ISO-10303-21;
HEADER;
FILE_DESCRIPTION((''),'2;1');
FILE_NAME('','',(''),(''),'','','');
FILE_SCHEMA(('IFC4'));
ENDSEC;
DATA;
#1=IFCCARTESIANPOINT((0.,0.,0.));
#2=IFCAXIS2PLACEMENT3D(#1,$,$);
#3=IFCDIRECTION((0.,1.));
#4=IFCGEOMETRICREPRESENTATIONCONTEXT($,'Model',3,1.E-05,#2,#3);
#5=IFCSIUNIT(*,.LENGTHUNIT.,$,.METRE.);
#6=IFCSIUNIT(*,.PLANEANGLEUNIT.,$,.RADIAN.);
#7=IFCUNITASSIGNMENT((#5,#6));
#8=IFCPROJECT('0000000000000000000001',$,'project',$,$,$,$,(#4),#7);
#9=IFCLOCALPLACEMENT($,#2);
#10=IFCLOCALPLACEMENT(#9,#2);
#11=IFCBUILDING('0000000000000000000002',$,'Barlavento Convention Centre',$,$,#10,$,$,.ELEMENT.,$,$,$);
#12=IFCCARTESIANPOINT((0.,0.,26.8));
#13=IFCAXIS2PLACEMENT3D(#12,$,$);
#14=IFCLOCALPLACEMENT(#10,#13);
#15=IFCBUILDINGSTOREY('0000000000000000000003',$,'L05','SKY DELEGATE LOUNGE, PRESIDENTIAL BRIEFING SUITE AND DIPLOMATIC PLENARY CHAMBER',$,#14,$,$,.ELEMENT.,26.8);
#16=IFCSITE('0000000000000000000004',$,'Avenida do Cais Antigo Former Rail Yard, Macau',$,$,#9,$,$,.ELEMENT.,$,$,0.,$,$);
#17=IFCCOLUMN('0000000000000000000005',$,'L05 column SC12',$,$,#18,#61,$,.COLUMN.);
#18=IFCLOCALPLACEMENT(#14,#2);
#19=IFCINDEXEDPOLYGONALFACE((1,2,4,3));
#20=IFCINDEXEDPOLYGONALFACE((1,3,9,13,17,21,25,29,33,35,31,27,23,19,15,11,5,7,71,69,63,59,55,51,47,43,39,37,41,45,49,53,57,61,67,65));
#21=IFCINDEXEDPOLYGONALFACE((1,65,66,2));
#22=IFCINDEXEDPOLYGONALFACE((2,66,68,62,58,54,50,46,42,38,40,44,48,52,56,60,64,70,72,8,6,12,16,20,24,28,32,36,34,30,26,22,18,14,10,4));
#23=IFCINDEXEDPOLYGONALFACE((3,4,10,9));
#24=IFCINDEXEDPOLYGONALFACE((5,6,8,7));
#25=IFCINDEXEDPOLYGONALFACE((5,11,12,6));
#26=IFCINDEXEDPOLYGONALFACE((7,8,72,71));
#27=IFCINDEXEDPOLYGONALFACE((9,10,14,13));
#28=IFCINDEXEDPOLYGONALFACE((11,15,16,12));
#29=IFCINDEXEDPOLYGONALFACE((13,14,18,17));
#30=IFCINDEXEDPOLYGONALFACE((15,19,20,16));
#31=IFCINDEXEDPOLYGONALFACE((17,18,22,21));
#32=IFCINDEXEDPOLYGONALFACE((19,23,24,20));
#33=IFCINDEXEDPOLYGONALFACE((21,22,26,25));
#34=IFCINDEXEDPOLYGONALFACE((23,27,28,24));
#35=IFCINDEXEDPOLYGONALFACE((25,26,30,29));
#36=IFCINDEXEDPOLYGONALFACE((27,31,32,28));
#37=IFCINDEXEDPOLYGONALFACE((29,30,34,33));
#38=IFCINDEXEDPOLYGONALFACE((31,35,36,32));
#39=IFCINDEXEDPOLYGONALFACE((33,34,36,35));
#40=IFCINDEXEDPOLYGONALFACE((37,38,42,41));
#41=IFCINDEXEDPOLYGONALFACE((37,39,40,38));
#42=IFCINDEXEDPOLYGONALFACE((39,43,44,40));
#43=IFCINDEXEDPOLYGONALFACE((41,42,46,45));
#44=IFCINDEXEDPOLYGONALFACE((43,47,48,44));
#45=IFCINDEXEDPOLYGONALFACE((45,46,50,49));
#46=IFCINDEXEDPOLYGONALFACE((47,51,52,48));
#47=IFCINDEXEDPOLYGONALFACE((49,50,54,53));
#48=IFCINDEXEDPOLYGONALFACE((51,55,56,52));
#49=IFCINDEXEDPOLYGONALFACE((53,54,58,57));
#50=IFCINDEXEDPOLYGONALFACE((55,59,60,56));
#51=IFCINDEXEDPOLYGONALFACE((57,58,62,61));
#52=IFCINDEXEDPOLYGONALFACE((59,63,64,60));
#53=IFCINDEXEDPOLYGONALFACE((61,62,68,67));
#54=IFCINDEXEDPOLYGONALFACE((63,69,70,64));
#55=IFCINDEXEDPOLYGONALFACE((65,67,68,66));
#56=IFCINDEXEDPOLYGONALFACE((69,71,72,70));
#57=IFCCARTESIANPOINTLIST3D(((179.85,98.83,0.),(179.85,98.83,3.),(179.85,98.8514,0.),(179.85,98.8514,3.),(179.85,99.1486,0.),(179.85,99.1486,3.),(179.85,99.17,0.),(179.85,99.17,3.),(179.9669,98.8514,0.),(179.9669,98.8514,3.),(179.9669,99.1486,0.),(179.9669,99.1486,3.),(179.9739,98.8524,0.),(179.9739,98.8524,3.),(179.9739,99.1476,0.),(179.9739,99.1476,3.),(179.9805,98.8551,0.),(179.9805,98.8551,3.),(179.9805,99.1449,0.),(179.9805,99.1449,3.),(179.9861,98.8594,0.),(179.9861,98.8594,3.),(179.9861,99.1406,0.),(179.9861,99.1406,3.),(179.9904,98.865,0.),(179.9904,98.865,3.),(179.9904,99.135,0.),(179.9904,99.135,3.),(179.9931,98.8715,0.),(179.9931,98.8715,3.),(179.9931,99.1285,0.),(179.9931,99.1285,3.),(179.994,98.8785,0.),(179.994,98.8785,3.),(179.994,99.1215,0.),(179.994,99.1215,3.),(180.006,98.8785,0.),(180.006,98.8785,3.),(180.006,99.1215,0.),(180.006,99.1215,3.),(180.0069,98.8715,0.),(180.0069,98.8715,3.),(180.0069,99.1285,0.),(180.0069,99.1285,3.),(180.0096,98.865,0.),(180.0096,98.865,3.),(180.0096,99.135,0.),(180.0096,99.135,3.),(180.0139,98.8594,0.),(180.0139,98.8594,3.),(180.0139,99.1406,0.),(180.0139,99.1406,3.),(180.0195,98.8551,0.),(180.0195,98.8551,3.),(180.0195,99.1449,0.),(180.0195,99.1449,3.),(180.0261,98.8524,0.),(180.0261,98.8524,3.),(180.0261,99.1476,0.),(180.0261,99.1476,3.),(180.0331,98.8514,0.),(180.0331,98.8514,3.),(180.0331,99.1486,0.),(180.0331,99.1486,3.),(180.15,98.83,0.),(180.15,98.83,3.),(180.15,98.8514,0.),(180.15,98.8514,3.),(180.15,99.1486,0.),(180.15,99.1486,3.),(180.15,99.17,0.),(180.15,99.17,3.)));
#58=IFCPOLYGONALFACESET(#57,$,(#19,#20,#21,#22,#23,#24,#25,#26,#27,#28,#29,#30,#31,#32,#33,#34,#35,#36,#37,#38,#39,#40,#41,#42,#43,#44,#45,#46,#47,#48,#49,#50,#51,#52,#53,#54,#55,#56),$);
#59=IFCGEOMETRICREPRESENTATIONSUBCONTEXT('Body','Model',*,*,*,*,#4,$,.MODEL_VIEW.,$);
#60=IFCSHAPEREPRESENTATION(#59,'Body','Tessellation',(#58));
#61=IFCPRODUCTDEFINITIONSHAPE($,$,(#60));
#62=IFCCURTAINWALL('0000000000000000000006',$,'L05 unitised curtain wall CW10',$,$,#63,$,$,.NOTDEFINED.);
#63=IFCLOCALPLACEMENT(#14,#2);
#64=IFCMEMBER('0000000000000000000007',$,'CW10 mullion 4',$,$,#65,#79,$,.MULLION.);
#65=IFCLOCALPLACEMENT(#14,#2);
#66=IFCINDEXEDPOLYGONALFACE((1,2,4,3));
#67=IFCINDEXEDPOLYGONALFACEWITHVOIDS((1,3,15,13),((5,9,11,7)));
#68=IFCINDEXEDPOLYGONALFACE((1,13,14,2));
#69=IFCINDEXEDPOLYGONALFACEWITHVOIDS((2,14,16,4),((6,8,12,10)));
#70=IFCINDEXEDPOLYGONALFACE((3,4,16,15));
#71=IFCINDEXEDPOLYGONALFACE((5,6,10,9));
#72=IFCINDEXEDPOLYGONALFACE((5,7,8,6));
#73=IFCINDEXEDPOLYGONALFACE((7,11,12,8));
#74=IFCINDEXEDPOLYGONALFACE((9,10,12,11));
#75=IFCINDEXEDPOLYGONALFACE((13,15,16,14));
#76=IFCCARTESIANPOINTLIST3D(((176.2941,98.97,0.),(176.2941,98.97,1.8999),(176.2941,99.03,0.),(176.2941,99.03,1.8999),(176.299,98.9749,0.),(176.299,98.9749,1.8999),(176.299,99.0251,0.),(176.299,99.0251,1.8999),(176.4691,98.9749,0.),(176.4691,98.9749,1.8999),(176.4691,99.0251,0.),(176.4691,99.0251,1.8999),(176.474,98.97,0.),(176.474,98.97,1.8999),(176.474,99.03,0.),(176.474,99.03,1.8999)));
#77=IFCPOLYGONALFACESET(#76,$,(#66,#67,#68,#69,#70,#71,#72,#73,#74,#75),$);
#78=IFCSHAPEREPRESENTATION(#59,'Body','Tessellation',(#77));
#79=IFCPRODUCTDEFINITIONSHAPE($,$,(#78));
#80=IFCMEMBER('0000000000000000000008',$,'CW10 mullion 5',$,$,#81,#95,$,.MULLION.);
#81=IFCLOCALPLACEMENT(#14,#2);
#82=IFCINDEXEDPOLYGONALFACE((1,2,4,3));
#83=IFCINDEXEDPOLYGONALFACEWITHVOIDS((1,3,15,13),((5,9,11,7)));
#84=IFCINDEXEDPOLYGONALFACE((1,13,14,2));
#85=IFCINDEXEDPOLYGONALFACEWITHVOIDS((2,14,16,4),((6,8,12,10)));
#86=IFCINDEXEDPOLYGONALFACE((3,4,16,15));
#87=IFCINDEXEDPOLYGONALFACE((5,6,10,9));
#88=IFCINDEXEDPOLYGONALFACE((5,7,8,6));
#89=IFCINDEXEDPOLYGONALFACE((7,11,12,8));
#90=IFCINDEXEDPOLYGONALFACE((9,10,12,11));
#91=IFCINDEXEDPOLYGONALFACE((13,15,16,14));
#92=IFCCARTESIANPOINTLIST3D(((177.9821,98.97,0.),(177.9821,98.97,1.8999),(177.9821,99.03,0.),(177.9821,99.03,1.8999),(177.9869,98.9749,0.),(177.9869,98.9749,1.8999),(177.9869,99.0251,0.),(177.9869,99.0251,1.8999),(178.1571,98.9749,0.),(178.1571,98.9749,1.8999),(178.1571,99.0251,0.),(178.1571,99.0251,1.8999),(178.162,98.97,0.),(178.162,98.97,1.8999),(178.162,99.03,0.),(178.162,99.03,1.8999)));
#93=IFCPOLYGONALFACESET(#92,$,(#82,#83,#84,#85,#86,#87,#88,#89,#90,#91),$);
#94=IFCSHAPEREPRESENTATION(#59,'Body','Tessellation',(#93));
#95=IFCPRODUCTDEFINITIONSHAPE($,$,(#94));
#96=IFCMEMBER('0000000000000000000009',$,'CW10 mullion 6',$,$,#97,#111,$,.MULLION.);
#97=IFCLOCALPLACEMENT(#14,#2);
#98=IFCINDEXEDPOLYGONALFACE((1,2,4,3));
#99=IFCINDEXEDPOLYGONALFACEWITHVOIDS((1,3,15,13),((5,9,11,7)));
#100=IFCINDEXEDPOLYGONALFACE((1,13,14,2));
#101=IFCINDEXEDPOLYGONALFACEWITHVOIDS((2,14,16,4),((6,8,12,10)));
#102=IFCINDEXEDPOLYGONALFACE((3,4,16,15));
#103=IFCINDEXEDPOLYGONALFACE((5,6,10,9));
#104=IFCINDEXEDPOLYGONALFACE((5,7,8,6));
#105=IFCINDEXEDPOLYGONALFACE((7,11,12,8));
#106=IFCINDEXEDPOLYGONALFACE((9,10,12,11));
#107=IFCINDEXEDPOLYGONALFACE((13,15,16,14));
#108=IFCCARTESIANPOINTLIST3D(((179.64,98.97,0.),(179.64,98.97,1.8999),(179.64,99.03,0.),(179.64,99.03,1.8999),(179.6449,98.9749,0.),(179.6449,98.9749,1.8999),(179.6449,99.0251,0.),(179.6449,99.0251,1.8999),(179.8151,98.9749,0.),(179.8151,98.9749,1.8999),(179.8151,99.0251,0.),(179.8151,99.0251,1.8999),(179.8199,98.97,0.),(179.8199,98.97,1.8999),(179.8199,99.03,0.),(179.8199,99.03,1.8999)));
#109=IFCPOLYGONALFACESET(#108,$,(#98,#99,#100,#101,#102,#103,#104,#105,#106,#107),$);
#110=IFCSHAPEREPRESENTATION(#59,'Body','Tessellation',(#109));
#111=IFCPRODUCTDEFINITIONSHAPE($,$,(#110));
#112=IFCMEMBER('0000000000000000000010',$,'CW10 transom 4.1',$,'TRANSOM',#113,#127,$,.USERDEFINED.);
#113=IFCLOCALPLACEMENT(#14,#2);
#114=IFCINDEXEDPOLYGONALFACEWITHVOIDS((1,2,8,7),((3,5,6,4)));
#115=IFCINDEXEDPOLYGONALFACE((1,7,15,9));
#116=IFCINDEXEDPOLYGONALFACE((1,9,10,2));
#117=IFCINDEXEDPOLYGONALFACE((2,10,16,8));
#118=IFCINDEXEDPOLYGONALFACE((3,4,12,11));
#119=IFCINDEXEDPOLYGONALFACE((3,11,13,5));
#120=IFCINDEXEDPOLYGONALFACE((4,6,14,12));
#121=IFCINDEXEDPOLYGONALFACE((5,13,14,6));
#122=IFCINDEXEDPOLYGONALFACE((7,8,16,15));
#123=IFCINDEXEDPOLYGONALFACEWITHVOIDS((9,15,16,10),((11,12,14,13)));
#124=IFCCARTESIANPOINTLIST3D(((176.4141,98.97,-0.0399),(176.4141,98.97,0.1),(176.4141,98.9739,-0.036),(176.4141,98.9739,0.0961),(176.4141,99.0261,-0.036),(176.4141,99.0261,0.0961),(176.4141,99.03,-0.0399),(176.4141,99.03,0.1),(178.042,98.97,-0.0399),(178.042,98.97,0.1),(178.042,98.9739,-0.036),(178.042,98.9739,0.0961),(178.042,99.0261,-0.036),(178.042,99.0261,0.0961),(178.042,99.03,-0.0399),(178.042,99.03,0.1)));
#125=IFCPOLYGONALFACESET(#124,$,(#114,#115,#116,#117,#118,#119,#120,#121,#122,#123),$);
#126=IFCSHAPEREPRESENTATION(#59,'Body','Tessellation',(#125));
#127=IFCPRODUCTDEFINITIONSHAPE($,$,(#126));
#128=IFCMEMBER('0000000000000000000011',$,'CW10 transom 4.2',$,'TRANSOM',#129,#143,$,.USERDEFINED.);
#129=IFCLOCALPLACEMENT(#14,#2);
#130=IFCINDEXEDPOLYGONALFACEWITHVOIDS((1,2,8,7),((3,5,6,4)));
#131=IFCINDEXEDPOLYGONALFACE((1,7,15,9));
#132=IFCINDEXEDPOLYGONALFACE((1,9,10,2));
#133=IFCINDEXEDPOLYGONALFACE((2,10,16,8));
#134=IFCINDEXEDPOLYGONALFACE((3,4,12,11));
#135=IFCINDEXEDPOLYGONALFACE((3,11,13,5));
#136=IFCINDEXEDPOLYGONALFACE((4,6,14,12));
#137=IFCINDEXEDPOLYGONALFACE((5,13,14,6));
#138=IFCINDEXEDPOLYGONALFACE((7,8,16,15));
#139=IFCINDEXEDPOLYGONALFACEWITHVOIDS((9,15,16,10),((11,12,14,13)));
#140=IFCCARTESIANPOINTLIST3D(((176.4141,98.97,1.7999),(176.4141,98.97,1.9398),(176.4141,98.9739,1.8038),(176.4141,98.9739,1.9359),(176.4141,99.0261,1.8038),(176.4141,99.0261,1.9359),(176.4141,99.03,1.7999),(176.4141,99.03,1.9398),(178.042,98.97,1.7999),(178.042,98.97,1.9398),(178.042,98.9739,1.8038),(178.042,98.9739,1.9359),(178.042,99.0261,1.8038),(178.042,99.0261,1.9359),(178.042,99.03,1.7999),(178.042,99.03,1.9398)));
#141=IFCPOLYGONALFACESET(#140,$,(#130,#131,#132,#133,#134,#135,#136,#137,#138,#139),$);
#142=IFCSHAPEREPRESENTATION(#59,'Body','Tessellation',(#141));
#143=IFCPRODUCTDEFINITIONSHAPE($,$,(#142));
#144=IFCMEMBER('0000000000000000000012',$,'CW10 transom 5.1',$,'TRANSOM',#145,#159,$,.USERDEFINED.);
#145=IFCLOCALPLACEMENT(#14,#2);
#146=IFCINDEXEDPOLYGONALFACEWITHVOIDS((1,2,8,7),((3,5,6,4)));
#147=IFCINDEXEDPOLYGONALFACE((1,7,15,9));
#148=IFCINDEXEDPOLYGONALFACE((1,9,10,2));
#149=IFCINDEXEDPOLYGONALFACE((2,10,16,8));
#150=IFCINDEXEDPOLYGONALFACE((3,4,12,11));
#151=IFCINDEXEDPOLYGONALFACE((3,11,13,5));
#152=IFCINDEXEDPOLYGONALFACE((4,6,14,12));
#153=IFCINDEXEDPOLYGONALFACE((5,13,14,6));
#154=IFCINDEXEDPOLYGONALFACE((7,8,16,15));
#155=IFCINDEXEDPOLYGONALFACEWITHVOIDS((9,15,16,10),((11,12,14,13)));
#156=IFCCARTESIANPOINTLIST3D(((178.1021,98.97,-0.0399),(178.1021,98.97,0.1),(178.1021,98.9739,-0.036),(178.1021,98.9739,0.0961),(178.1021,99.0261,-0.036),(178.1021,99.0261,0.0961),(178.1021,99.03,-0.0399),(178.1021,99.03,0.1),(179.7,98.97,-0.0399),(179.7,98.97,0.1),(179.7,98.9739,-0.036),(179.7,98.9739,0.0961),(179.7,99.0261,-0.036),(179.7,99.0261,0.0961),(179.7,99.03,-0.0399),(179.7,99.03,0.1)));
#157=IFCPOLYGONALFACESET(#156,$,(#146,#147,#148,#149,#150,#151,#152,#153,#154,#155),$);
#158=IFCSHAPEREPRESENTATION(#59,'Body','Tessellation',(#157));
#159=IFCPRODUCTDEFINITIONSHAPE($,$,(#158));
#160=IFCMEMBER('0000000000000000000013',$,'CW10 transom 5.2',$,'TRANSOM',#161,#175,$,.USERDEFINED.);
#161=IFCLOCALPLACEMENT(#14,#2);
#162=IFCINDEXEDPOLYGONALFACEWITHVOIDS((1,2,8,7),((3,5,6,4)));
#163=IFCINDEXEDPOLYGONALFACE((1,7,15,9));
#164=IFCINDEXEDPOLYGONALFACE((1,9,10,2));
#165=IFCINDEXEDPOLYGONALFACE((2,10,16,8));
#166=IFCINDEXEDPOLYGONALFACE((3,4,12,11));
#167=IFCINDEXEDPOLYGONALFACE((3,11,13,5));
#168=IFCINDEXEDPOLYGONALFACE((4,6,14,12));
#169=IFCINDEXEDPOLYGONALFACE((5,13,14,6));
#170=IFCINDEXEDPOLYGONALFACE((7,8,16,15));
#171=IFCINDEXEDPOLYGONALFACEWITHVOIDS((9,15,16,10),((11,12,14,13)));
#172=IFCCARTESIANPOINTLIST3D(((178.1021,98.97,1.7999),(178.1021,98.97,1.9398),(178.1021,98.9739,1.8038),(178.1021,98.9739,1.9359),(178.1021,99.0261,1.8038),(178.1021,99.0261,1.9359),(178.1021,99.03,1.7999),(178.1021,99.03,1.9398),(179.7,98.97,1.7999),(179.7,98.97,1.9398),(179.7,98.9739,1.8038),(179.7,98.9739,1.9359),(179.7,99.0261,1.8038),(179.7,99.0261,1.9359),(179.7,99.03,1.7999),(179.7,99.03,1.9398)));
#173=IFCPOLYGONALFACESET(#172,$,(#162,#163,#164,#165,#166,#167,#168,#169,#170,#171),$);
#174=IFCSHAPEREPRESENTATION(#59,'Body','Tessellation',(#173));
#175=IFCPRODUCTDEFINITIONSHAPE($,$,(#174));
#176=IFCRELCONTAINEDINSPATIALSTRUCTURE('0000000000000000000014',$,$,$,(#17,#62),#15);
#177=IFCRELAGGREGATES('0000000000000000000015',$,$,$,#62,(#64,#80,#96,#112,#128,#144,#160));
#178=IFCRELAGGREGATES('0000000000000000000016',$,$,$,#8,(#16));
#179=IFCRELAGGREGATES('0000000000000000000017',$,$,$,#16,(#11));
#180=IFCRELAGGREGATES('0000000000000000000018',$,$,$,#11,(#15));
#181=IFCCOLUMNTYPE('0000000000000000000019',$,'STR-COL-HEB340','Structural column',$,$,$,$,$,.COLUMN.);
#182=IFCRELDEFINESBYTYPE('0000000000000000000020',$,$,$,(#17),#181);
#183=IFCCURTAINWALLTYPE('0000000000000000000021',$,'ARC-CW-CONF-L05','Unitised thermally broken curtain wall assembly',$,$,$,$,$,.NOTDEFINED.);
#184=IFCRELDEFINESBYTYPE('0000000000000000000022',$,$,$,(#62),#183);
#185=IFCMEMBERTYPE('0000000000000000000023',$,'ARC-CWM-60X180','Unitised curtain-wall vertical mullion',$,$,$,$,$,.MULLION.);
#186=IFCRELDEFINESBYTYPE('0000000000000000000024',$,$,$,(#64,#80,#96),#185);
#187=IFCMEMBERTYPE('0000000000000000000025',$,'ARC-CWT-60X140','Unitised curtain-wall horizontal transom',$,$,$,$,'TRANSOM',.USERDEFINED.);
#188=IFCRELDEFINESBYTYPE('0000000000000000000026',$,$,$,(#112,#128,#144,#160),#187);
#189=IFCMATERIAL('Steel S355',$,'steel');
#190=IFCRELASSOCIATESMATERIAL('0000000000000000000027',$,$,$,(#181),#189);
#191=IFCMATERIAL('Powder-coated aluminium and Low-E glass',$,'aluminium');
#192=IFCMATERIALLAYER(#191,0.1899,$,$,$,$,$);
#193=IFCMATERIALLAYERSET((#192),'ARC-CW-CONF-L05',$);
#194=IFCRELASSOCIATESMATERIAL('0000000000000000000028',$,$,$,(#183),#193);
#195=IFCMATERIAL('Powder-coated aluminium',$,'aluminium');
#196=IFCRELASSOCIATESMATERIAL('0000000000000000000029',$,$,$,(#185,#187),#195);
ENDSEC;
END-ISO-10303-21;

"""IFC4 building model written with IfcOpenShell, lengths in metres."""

from ifc_helpers import new_model, si_unit, direction, frame, origin, origin_2d, place, context, subcontext, project, spatial, hollow_rectangle, i_section, extrude, material, layer, layer_set, material_profile, profile_set, type_object, element, aggregate, save


model = new_model("IFC4")

# Units and contexts
model_context = context("Model", 3, precision=1e-05, world=origin(), true_north=direction((0.0, 1.0)))
body_context = subcontext(model_context, "Body", "Model", "MODEL_VIEW")
ifc_project = project(units=[si_unit("LENGTHUNIT", "METRE"), si_unit("PLANEANGLEUNIT", "RADIAN")], contexts=[model_context])

# Site, building, storey
site_placement = place(None, origin())
site = spatial("IfcSite", under=ifc_project, at=site_placement, Name="Avenida do Cais Antigo Former Rail Yard, Macau", CompositionType="ELEMENT", RefElevation=0.0)
building_placement = place(site_placement, origin())
building = spatial("IfcBuilding", under=site, at=building_placement, Name="Barlavento Convention Centre", CompositionType="ELEMENT")
storey_placement = place(building_placement, frame((0.0, 0.0, 26.8)))
storey = spatial("IfcBuildingStorey", under=building, at=storey_placement, Name="L05", Description="SKY DELEGATE LOUNGE, PRESIDENTIAL BRIEFING SUITE AND DIPLOMATIC PLENARY CHAMBER", CompositionType="ELEMENT", Elevation=26.8)

# Column
ifc_material_1 = material(Name="Steel S355", Category="steel")
ifc_material_profile_1 = material_profile(ifc_material_1, i_section(OverallWidth=0.3, OverallDepth=0.3401, WebThickness=0.012, FlangeThickness=0.0215, FilletRadius=0.0271, at=origin_2d()), Name="HEB 340")
ifc_profile_set_1 = profile_set([ifc_material_profile_1], Name="Steel S355")
column_type = type_object("IfcColumnType", Name="STR-COL-HEB340", Description="Structural column", PredefinedType="COLUMN", material=ifc_profile_set_1)
column_placement = place(storey_placement, frame((180.0, 99.0, 0.0), z_axis=(0.0, 0.0, 1.0), x_axis=(1.0, 0.0, 0.0)))
element("IfcColumn", 1, at=column_placement, inside=storey, type_object=column_type, Name="L05 column SC12", PredefinedType="COLUMN", context=body_context, shape_type="SweptSolid", body=[
    extrude(i_section(OverallWidth=0.3, OverallDepth=0.3401, WebThickness=0.012, FlangeThickness=0.0215, FilletRadius=0.0271, at=origin_2d()), origin(), (0.0, 0.0, 1.0), 3.0),
])

# Curtain wall, members
ifc_material_2 = material(Name="Powder-coated aluminium and Low-E glass", Category="aluminium")
ifc_layer_1 = layer(ifc_material_2, 0.1899)
ifc_layer_set_1 = layer_set([ifc_layer_1], Name="ARC-CW-CONF-L05")
curtain_wall_type = type_object("IfcCurtainWallType", Name="ARC-CW-CONF-L05", Description="Unitised thermally broken curtain wall assembly", PredefinedType="NOTDEFINED", material=ifc_layer_set_1)
curtain_wall_placement = place(storey_placement, origin())
curtain_wall = element("IfcCurtainWall", 2, at=curtain_wall_placement, inside=storey, type_object=curtain_wall_type, Name="L05 unitised curtain wall CW10", PredefinedType="NOTDEFINED")
ifc_material_3 = material(Name="Powder-coated aluminium", Category="aluminium")
ifc_material_profile_2 = material_profile(ifc_material_3, hollow_rectangle(XDim=0.0601, YDim=0.1799, WallThickness=0.0049, at=origin_2d()), Name="AL-MULL 60x180x5")
ifc_profile_set_2 = profile_set([ifc_material_profile_2], Name="Powder-coated aluminium")
member_type_1 = type_object("IfcMemberType", Name="ARC-CWM-60X180", Description="Unitised curtain-wall vertical mullion", PredefinedType="MULLION", material=ifc_profile_set_2)
member_1_placement = place(storey_placement, frame((176.384, 99.0, 0.0), z_axis=(0.0, 0.0, 1.0), x_axis=(0.0, 1.0, 0.0)))
member_1 = element("IfcMember", 3, at=member_1_placement, type_object=member_type_1, Name="CW10 mullion 4", PredefinedType="MULLION", context=body_context, shape_type="SweptSolid", body=[
    extrude(hollow_rectangle(XDim=0.0601, YDim=0.1799, WallThickness=0.0049, at=origin_2d()), origin(), (0.0, 0.0, 1.0), 1.8999),
])
member_2_placement = place(storey_placement, frame((178.072, 99.0, 0.0), z_axis=(0.0, 0.0, 1.0), x_axis=(0.0, 1.0, 0.0)))
member_2 = element("IfcMember", 4, at=member_2_placement, type_object=member_type_1, Name="CW10 mullion 5", PredefinedType="MULLION", context=body_context, shape_type="SweptSolid", body=[
    extrude(hollow_rectangle(XDim=0.0601, YDim=0.1799, WallThickness=0.0049, at=origin_2d()), origin(), (0.0, 0.0, 1.0), 1.8999),
])
member_3_placement = place(storey_placement, frame((179.73, 99.0, 0.0), z_axis=(0.0, 0.0, 1.0), x_axis=(0.0, 1.0, 0.0)))
member_3 = element("IfcMember", 5, at=member_3_placement, type_object=member_type_1, Name="CW10 mullion 6", PredefinedType="MULLION", context=body_context, shape_type="SweptSolid", body=[
    extrude(hollow_rectangle(XDim=0.0601, YDim=0.1799, WallThickness=0.0049, at=origin_2d()), origin(), (0.0, 0.0, 1.0), 1.8999),
])
ifc_material_profile_3 = material_profile(ifc_material_3, hollow_rectangle(XDim=0.0601, YDim=0.1399, WallThickness=0.0039, at=origin_2d()), Name="AL-TRAN 60x140x4")
ifc_profile_set_3 = profile_set([ifc_material_profile_3], Name="Powder-coated aluminium")
member_type_2 = type_object("IfcMemberType", Name="ARC-CWT-60X140", Description="Unitised curtain-wall horizontal transom", ElementType="TRANSOM", PredefinedType="USERDEFINED", material=ifc_profile_set_3)
member_4_placement = place(storey_placement, frame((176.4141, 99.0, 0.03), z_axis=(1.0, 0.0, 0.0), x_axis=(0.0, 1.0, 0.0)))
member_4 = element("IfcMember", 6, at=member_4_placement, type_object=member_type_2, Name="CW10 transom 4.1", ObjectType="TRANSOM", PredefinedType="USERDEFINED", context=body_context, shape_type="SweptSolid", body=[
    extrude(hollow_rectangle(XDim=0.0601, YDim=0.1399, WallThickness=0.0039, at=origin_2d()), origin(), (0.0, 0.0, 1.0), 1.6279),
])
member_5_placement = place(storey_placement, frame((176.4141, 99.0, 1.8699), z_axis=(1.0, 0.0, 0.0), x_axis=(0.0, 1.0, 0.0)))
member_5 = element("IfcMember", 7, at=member_5_placement, type_object=member_type_2, Name="CW10 transom 4.2", ObjectType="TRANSOM", PredefinedType="USERDEFINED", context=body_context, shape_type="SweptSolid", body=[
    extrude(hollow_rectangle(XDim=0.0601, YDim=0.1399, WallThickness=0.0039, at=origin_2d()), origin(), (0.0, 0.0, 1.0), 1.6279),
])
member_6_placement = place(storey_placement, frame((178.1021, 99.0, 0.03), z_axis=(1.0, 0.0, 0.0), x_axis=(0.0, 1.0, 0.0)))
member_6 = element("IfcMember", 8, at=member_6_placement, type_object=member_type_2, Name="CW10 transom 5.1", ObjectType="TRANSOM", PredefinedType="USERDEFINED", context=body_context, shape_type="SweptSolid", body=[
    extrude(hollow_rectangle(XDim=0.0601, YDim=0.1399, WallThickness=0.0039, at=origin_2d()), origin(), (0.0, 0.0, 1.0), 1.5979),
])
member_7_placement = place(storey_placement, frame((178.1021, 99.0, 1.8699), z_axis=(1.0, 0.0, 0.0), x_axis=(0.0, 1.0, 0.0)))
member_7 = element("IfcMember", 9, at=member_7_placement, type_object=member_type_2, Name="CW10 transom 5.2", ObjectType="TRANSOM", PredefinedType="USERDEFINED", context=body_context, shape_type="SweptSolid", body=[
    extrude(hollow_rectangle(XDim=0.0601, YDim=0.1399, WallThickness=0.0039, at=origin_2d()), origin(), (0.0, 0.0, 1.0), 1.5979),
])

aggregate(curtain_wall, [member_1, member_2, member_3, member_4, member_5, member_6, member_7])

save(model, "model.ifc")
